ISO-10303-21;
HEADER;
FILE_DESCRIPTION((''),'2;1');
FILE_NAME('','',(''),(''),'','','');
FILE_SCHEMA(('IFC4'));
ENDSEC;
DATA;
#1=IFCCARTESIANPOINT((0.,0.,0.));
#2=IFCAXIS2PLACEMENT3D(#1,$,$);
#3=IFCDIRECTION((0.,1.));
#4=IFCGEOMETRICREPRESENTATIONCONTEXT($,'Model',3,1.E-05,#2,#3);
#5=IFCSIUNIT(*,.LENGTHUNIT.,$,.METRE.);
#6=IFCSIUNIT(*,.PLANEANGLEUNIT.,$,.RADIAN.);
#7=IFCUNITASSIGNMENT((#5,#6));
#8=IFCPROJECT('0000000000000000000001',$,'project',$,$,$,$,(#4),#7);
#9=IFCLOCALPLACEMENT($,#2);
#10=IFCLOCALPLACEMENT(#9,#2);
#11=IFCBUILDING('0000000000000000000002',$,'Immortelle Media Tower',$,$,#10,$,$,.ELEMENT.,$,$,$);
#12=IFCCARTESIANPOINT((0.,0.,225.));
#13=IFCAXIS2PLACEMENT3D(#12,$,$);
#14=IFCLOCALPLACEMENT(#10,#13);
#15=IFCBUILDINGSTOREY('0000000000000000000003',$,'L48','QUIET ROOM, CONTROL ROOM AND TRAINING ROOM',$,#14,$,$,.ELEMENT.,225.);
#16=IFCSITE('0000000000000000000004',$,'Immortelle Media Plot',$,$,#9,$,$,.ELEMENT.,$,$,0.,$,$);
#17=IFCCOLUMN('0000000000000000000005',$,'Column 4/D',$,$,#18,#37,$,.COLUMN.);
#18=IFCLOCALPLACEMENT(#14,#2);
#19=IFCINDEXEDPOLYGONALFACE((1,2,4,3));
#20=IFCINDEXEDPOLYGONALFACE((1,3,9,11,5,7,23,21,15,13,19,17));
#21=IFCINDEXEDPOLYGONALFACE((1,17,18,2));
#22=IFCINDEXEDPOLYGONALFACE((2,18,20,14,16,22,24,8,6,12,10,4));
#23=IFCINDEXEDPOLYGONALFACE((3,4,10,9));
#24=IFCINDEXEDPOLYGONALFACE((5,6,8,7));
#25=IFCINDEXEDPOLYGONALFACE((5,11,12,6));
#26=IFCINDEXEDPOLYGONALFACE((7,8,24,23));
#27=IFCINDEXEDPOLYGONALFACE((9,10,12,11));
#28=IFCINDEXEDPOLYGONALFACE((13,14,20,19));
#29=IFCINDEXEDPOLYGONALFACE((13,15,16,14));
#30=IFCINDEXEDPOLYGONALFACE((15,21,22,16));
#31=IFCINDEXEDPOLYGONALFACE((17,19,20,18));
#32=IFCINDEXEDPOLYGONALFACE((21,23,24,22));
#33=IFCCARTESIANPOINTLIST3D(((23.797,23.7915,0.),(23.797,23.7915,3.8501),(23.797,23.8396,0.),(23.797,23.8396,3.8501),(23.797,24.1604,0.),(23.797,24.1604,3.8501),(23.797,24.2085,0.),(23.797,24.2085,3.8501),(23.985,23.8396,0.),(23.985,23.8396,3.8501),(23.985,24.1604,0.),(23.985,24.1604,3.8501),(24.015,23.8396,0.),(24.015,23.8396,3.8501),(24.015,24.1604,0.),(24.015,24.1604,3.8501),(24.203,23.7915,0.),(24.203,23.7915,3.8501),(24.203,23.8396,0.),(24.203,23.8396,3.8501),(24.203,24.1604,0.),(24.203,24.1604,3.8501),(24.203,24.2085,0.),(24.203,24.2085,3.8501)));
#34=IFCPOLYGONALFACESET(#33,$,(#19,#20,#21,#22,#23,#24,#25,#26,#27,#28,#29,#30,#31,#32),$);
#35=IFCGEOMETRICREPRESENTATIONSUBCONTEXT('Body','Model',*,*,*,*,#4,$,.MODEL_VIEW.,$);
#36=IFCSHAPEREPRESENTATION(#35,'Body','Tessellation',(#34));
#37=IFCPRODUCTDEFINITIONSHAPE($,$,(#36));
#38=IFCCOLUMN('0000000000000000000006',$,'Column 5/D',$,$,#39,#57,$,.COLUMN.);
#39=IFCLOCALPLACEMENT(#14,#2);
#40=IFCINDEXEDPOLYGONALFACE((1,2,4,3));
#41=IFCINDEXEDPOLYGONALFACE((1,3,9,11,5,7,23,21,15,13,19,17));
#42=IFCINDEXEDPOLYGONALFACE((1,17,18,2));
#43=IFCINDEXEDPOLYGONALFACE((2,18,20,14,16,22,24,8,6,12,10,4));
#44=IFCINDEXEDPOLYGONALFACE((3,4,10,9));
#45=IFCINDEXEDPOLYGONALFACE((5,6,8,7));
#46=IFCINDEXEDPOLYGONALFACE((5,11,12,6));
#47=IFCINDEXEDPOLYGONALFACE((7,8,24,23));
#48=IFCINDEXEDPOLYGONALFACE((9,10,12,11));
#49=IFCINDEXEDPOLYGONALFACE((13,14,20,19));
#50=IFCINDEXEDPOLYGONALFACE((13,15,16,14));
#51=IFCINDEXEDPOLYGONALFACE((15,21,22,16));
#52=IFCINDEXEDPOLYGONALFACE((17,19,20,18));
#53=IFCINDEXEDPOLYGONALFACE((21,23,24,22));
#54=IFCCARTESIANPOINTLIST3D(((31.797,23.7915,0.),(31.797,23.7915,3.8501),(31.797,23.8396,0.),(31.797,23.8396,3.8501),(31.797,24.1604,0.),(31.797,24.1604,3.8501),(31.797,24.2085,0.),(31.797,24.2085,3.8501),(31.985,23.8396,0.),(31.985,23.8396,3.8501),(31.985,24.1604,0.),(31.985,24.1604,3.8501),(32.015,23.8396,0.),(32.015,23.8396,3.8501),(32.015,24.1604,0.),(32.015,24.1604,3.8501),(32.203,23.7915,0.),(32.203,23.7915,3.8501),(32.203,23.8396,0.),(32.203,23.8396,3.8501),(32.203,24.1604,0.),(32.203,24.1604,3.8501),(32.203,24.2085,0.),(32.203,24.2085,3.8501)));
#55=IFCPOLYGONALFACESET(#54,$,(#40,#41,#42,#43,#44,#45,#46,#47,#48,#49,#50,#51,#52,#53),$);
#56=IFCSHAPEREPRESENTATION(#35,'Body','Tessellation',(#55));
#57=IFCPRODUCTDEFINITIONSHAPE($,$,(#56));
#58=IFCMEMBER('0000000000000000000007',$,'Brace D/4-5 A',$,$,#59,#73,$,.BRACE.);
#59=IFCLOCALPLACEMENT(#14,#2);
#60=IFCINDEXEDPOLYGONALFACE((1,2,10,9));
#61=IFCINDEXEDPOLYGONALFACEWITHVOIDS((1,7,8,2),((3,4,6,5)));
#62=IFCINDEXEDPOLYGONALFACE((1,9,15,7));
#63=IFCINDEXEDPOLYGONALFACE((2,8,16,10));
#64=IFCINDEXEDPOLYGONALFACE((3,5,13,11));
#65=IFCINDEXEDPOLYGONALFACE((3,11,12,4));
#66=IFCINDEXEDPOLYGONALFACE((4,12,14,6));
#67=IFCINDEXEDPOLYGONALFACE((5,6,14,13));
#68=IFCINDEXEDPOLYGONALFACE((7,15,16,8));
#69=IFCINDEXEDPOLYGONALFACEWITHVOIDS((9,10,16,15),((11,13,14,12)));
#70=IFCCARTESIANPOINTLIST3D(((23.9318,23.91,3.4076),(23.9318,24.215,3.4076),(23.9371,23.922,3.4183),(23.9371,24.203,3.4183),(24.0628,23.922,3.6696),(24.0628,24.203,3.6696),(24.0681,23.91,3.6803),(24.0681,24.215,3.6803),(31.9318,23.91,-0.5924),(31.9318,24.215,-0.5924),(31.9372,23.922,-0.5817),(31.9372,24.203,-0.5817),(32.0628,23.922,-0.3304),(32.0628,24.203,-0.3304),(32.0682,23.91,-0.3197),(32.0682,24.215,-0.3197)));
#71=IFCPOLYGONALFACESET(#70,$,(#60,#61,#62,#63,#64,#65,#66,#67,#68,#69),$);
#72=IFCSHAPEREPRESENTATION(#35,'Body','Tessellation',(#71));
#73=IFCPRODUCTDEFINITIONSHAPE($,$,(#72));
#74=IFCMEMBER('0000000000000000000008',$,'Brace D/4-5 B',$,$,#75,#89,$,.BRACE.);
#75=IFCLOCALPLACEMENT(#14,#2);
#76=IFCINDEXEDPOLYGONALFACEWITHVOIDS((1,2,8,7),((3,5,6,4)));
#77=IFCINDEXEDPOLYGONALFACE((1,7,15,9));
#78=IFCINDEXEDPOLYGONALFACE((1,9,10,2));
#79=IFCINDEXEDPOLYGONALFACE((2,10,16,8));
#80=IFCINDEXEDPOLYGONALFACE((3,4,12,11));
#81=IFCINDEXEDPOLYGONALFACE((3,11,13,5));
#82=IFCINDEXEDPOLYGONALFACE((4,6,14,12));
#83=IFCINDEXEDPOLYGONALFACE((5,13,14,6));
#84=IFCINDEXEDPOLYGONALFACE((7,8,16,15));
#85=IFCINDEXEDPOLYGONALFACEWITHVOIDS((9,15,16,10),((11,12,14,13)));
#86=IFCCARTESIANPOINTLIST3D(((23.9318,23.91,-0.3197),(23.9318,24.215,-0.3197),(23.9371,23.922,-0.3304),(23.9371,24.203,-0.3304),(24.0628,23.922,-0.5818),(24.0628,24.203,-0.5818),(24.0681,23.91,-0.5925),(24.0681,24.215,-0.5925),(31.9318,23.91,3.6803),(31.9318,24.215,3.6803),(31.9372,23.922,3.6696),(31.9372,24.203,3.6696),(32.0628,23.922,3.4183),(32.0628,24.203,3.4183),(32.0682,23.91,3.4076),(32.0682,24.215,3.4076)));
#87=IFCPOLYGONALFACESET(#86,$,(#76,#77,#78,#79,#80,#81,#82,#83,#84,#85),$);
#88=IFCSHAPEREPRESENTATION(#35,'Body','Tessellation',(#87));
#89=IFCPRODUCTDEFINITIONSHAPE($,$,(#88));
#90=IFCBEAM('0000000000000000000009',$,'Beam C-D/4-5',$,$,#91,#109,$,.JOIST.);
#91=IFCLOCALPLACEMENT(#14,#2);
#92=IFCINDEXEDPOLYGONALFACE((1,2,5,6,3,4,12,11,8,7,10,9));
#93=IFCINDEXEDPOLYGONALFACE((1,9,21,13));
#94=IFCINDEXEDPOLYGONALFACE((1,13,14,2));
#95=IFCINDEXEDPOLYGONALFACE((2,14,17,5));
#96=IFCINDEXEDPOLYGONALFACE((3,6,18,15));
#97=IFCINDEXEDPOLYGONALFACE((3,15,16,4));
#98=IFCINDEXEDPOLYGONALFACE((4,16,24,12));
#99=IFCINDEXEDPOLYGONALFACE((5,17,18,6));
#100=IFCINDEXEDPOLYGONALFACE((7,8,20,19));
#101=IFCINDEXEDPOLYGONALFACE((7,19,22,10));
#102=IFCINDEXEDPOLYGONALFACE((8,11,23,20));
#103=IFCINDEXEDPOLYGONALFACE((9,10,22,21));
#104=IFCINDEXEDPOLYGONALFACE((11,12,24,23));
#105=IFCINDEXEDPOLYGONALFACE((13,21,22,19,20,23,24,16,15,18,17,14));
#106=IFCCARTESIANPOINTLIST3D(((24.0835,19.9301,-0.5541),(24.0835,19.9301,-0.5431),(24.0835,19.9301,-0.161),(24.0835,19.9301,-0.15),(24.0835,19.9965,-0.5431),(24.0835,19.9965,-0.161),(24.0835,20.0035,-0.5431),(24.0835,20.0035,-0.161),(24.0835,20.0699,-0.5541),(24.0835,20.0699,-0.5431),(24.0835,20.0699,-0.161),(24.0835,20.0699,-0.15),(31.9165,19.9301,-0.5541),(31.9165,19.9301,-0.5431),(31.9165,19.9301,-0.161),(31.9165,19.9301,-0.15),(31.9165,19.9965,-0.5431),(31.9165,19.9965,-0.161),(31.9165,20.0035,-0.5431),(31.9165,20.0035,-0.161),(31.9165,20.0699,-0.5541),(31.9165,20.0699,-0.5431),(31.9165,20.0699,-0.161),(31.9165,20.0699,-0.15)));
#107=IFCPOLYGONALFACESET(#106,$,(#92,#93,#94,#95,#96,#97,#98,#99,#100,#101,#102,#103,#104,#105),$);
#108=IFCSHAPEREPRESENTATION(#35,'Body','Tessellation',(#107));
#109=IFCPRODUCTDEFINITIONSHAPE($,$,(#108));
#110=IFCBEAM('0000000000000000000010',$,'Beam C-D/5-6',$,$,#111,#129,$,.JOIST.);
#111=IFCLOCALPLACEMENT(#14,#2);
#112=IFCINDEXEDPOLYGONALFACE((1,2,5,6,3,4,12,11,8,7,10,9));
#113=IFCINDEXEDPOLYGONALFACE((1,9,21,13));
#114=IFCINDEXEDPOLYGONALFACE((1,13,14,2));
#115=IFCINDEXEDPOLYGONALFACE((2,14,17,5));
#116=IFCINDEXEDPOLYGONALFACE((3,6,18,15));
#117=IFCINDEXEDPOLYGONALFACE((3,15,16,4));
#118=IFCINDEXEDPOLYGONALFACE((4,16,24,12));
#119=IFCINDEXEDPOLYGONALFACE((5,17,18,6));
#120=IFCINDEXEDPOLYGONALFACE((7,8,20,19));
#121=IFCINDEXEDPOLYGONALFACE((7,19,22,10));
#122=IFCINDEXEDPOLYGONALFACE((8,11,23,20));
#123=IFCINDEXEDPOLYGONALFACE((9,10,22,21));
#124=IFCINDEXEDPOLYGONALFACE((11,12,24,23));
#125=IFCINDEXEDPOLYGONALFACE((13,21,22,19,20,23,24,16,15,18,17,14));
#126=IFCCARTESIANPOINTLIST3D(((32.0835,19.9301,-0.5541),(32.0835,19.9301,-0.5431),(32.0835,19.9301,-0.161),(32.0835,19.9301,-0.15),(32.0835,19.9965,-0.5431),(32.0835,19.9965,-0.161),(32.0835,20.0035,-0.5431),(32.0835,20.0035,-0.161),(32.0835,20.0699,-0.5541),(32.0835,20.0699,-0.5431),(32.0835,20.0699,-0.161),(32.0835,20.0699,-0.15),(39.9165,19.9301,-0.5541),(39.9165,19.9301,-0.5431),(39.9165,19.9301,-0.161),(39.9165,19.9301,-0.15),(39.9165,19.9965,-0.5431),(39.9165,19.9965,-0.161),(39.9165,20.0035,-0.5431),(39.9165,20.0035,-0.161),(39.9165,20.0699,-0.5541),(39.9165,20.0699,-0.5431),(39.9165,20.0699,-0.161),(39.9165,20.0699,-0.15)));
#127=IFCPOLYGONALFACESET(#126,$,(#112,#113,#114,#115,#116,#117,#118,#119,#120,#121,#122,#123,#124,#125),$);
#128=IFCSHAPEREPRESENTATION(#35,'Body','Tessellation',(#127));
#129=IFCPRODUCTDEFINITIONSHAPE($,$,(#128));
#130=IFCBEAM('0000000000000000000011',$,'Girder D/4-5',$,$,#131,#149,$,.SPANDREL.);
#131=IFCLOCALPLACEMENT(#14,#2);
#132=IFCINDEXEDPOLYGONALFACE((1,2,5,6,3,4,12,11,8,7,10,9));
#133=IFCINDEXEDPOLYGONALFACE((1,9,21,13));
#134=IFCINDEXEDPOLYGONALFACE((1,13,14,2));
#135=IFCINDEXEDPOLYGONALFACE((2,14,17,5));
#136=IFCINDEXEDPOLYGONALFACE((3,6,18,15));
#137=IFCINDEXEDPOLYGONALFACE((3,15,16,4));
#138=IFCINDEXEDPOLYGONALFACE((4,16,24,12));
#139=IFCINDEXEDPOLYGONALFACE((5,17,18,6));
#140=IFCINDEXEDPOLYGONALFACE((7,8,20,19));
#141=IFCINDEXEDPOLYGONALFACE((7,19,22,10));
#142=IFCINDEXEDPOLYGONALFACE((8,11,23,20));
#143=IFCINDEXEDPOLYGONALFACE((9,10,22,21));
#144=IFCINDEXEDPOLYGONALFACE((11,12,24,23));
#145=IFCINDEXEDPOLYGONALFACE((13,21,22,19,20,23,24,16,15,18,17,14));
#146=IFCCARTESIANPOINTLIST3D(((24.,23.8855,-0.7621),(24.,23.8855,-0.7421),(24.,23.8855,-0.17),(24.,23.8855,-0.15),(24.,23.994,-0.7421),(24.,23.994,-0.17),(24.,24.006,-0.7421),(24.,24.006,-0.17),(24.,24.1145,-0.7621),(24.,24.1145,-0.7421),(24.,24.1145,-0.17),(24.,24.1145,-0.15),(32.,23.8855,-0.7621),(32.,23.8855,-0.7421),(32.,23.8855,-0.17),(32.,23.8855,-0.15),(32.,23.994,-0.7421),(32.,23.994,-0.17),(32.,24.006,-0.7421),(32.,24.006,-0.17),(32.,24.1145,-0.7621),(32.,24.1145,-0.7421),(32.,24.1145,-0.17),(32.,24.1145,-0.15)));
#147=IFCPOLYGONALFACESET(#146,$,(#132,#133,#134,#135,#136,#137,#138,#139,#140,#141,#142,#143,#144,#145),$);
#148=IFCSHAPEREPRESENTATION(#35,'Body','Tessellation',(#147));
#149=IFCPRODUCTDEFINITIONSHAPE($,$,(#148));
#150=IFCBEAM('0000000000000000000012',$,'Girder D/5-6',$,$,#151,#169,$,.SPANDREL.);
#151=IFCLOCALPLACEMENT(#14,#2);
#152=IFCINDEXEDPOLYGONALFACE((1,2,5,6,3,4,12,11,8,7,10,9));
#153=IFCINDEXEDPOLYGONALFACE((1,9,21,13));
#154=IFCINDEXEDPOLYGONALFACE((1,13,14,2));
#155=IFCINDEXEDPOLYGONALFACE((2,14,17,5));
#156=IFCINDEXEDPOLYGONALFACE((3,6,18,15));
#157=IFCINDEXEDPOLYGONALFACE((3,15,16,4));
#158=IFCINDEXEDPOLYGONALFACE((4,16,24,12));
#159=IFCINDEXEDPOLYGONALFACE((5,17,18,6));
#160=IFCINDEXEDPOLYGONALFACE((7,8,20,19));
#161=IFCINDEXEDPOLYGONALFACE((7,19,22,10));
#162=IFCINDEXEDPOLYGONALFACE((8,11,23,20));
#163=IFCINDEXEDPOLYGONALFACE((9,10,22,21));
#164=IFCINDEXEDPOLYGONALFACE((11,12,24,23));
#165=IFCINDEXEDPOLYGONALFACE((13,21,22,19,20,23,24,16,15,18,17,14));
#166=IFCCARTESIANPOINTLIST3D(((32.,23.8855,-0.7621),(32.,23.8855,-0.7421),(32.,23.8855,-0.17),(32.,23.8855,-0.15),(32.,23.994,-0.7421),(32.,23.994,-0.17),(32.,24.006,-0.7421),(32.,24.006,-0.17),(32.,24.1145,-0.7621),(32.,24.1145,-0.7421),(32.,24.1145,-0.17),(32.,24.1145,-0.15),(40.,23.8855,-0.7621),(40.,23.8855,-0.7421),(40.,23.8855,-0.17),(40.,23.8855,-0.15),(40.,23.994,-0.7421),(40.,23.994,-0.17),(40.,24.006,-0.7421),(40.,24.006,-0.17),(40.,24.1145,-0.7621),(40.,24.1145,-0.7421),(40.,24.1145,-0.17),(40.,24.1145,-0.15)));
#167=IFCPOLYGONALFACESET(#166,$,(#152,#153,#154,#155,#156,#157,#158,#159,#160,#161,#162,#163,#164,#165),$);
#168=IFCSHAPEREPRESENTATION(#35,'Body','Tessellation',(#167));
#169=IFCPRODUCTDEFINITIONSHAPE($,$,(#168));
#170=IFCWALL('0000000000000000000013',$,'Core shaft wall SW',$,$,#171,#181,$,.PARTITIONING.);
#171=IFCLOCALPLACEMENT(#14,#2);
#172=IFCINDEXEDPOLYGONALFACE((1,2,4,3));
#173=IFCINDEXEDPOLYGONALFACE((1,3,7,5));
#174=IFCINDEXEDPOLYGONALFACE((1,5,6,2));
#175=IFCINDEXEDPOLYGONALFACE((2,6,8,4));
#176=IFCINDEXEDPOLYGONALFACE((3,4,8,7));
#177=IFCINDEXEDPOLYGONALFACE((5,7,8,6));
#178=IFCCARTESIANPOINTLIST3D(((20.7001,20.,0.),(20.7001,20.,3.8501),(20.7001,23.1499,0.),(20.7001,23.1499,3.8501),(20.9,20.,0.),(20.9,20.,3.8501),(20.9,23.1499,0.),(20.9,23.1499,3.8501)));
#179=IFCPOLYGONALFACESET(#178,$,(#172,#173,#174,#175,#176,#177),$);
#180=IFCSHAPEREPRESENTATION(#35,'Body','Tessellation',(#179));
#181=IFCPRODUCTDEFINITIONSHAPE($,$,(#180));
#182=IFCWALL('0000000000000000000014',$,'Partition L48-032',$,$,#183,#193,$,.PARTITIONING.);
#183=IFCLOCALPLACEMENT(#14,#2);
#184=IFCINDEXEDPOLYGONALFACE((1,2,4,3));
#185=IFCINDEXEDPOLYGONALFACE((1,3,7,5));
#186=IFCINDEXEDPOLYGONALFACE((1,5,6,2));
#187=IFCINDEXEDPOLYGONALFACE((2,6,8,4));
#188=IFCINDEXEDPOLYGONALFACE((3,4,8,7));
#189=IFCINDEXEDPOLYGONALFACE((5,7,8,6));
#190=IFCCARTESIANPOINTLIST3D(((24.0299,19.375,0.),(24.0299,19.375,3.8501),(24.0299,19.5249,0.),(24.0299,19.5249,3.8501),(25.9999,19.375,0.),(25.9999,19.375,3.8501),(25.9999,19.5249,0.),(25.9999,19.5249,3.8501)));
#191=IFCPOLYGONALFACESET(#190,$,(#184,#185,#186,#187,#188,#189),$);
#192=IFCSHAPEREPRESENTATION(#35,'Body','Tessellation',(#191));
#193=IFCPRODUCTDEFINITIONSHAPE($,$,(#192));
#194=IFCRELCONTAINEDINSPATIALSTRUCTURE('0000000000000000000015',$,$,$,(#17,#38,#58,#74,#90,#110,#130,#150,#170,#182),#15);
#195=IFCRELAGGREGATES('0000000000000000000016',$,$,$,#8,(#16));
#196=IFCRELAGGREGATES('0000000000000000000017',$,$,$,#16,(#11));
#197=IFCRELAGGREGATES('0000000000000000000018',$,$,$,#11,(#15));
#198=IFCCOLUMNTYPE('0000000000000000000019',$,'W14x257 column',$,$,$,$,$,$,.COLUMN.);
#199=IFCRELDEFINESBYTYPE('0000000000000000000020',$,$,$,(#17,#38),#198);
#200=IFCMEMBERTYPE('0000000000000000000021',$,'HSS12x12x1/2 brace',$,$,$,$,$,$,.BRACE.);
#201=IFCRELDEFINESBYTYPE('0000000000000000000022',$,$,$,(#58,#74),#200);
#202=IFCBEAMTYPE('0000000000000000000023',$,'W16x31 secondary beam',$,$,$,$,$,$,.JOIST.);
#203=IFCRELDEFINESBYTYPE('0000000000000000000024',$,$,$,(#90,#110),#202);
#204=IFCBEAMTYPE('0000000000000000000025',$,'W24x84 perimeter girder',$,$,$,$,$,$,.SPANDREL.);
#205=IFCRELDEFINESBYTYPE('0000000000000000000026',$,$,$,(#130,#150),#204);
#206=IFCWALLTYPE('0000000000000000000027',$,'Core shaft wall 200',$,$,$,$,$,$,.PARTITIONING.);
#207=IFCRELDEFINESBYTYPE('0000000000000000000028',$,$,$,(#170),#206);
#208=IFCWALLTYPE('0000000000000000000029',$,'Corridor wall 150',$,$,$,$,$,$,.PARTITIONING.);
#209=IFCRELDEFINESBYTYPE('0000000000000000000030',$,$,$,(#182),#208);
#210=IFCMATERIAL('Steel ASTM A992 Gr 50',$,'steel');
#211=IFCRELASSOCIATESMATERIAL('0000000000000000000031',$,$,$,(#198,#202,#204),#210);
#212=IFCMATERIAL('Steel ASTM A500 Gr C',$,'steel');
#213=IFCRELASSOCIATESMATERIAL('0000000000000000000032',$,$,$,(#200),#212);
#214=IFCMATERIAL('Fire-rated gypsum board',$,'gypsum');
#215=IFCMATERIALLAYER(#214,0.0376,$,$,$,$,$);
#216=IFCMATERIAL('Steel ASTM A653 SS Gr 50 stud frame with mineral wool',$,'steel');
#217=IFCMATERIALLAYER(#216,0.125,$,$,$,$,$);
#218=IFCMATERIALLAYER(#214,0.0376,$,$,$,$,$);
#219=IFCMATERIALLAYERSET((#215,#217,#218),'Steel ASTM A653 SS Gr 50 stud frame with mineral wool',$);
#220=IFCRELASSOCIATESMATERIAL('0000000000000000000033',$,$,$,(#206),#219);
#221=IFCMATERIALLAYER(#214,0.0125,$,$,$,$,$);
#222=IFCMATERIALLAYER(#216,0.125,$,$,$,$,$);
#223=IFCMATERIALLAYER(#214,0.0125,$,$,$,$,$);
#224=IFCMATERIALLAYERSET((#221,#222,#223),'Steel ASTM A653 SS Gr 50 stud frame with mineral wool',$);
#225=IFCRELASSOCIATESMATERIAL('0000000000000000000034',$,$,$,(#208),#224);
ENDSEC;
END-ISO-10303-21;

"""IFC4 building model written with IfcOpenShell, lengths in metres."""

from ifc_helpers import new_model, si_unit, direction, frame, frame_2d, origin, origin_2d, place, context, subcontext, project, spatial, rectangle, hollow_rectangle, i_section, extrude, material, layer, layer_set, material_profile, profile_set, type_object, element, save


model = new_model("IFC4")

# Units and contexts
model_context = context("Model", 3, precision=1e-05, world=origin(), true_north=direction((0.0, 1.0)))
body_context = subcontext(model_context, "Body", "Model", "MODEL_VIEW")
ifc_project = project(units=[si_unit("LENGTHUNIT", "METRE"), si_unit("PLANEANGLEUNIT", "RADIAN")], contexts=[model_context])

# Site, building, storey
site_placement = place(None, origin())
site = spatial("IfcSite", under=ifc_project, at=site_placement, Name="Immortelle Media Plot", CompositionType="ELEMENT", RefElevation=0.0)
building_placement = place(site_placement, origin())
building = spatial("IfcBuilding", under=site, at=building_placement, Name="Immortelle Media Tower", CompositionType="ELEMENT")
storey_placement = place(building_placement, frame((0.0, 0.0, 225.0)))
storey = spatial("IfcBuildingStorey", under=building, at=storey_placement, Name="L48", Description="QUIET ROOM, CONTROL ROOM AND TRAINING ROOM", CompositionType="ELEMENT", Elevation=225.0)

# Columns
ifc_material_1 = material(Name="Steel ASTM A992 Gr 50", Category="steel")
ifc_material_profile_1 = material_profile(ifc_material_1, i_section(OverallWidth=0.406, OverallDepth=0.417, WebThickness=0.03, FlangeThickness=0.0481, at=origin_2d()), Name="W14x257")
ifc_profile_set_1 = profile_set([ifc_material_profile_1], Name="Steel ASTM A992 Gr 50")
column_type = type_object("IfcColumnType", Name="W14x257 column", PredefinedType="COLUMN", material=ifc_profile_set_1)
for number, where, z_axis, x_axis, name in (
    (1, (24.0, 24.0, 0.0), (0.0, 0.0, 1.0), (1.0, 0.0, 0.0), "Column 4/D"),
    (2, (32.0, 24.0, 0.0), (0.0, 0.0, 1.0), (1.0, 0.0, 0.0), "Column 5/D"),
):
    element("IfcColumn", number, at=place(storey_placement, frame(where, z_axis=z_axis, x_axis=x_axis)), inside=storey, type_object=column_type, Name=name, PredefinedType="COLUMN", context=body_context, shape_type="SweptSolid", body=[
        extrude(i_section(OverallWidth=0.406, OverallDepth=0.417, WebThickness=0.03, FlangeThickness=0.0481, at=origin_2d()), origin(), (0.0, 0.0, 1.0), 3.8501),
    ])

# Members
ifc_material_2 = material(Name="Steel ASTM A500 Gr C", Category="steel")
ifc_material_profile_2 = material_profile(ifc_material_2, hollow_rectangle(XDim=0.3049, YDim=0.3049, WallThickness=0.012, at=origin_2d()), Name="HSS12x12x1/2 brace")
ifc_profile_set_2 = profile_set([ifc_material_profile_2], Name="Steel ASTM A500 Gr C")
member_type = type_object("IfcMemberType", Name="HSS12x12x1/2 brace", PredefinedType="BRACE", material=ifc_profile_set_2)
for number, where, z_axis, x_axis, name in (
    (3, (32.0, 24.0625, -0.4561), (-0.894427, 0.0, 0.447214), (0.0, -1.0, 0.0), "Brace D/4-5 A"),
    (4, (32.0, 24.0625, 3.5439), (-0.894427, 0.0, -0.447214), (0.0, -1.0, 0.0), "Brace D/4-5 B"),
):
    element("IfcMember", number, at=place(storey_placement, frame(where, z_axis=z_axis, x_axis=x_axis)), inside=storey, type_object=member_type, Name=name, PredefinedType="BRACE", context=body_context, shape_type="SweptSolid", body=[
        extrude(hollow_rectangle(XDim=0.3049, YDim=0.3049, WallThickness=0.012, at=origin_2d()), origin(), (0.0, 0.0, 1.0), 8.9443),
    ])

# Beams
ifc_material_profile_3 = material_profile(ifc_material_1, i_section(OverallWidth=0.1399, OverallDepth=0.4041, WebThickness=0.0071, FlangeThickness=0.011, at=origin_2d()), Name="W16x31")
ifc_profile_set_3 = profile_set([ifc_material_profile_3], Name="Steel ASTM A992 Gr 50")
beam_type_1 = type_object("IfcBeamType", Name="W16x31 secondary beam", PredefinedType="JOIST", material=ifc_profile_set_3)
for number, where, z_axis, x_axis, name in (
    (5, (24.0835, 20.0, -0.3521), (1.0, 0.0, 0.0), (0.0, 1.0, 0.0), "Beam C-D/4-5"),
    (6, (32.0835, 20.0, -0.3521), (1.0, 0.0, 0.0), (0.0, 1.0, 0.0), "Beam C-D/5-6"),
):
    element("IfcBeam", number, at=place(storey_placement, frame(where, z_axis=z_axis, x_axis=x_axis)), inside=storey, type_object=beam_type_1, Name=name, PredefinedType="JOIST", context=body_context, shape_type="SweptSolid", body=[
        extrude(i_section(OverallWidth=0.1399, OverallDepth=0.4041, WebThickness=0.0071, FlangeThickness=0.011, at=origin_2d()), origin(), (0.0, 0.0, 1.0), 7.833),
    ])
ifc_material_profile_4 = material_profile(ifc_material_1, i_section(OverallWidth=0.229, OverallDepth=0.6121, WebThickness=0.012, FlangeThickness=0.02, at=origin_2d()), Name="W24x84")
ifc_profile_set_4 = profile_set([ifc_material_profile_4], Name="Steel ASTM A992 Gr 50")
beam_type_2 = type_object("IfcBeamType", Name="W24x84 perimeter girder", PredefinedType="SPANDREL", material=ifc_profile_set_4)
for number, where, z_axis, x_axis, name in (
    (7, (24.0, 24.0, -0.4561), (1.0, 0.0, 0.0), (0.0, 1.0, 0.0), "Girder D/4-5"),
    (8, (32.0, 24.0, -0.4561), (1.0, 0.0, 0.0), (0.0, 1.0, 0.0), "Girder D/5-6"),
):
    element("IfcBeam", number, at=place(storey_placement, frame(where, z_axis=z_axis, x_axis=x_axis)), inside=storey, type_object=beam_type_2, Name=name, PredefinedType="SPANDREL", context=body_context, shape_type="SweptSolid", body=[
        extrude(i_section(OverallWidth=0.229, OverallDepth=0.6121, WebThickness=0.012, FlangeThickness=0.02, at=origin_2d()), origin(), (0.0, 0.0, 1.0), 8.0),
    ])

# Walls
ifc_material_3 = material(Name="Fire-rated gypsum board", Category="gypsum")
ifc_layer_1 = layer(ifc_material_3, 0.0376)
ifc_material_4 = material(Name="Steel ASTM A653 SS Gr 50 stud frame with mineral wool", Category="steel")
ifc_layer_2 = layer(ifc_material_4, 0.125)
ifc_layer_3 = layer(ifc_material_3, 0.0376)
ifc_layer_set_1 = layer_set([ifc_layer_1, ifc_layer_2, ifc_layer_3], Name="Steel ASTM A653 SS Gr 50 stud frame with mineral wool")
wall_type_1 = type_object("IfcWallType", Name="Core shaft wall 200", PredefinedType="PARTITIONING", material=ifc_layer_set_1)
wall_1_placement = place(storey_placement, frame((20.8, 20.0, 0.0), z_axis=(0.0, 0.0, 1.0), x_axis=(0.0, 1.0, 0.0)))
element("IfcWall", 9, at=wall_1_placement, inside=storey, type_object=wall_type_1, Name="Core shaft wall SW", PredefinedType="PARTITIONING", context=body_context, shape_type="SweptSolid", body=[
    extrude(rectangle(XDim=3.1499, YDim=0.2, at=frame_2d((1.575, 0.0))), origin(), (0.0, 0.0, 1.0), 3.8501),
])
ifc_layer_4 = layer(ifc_material_3, 0.0125)
ifc_layer_5 = layer(ifc_material_4, 0.125)
ifc_layer_6 = layer(ifc_material_3, 0.0125)
ifc_layer_set_2 = layer_set([ifc_layer_4, ifc_layer_5, ifc_layer_6], Name="Steel ASTM A653 SS Gr 50 stud frame with mineral wool")
wall_type_2 = type_object("IfcWallType", Name="Corridor wall 150", PredefinedType="PARTITIONING", material=ifc_layer_set_2)
wall_2_placement = place(storey_placement, frame((24.03, 19.45, 0.0), z_axis=(0.0, 0.0, 1.0), x_axis=(1.0, 0.0, 0.0)))
element("IfcWall", 10, at=wall_2_placement, inside=storey, type_object=wall_type_2, Name="Partition L48-032", PredefinedType="PARTITIONING", context=body_context, shape_type="SweptSolid", body=[
    extrude(rectangle(XDim=1.97, YDim=0.1499, at=frame_2d((0.9849, 0.0))), origin(), (0.0, 0.0, 1.0), 3.8501),
])

save(model, "model.ifc")
